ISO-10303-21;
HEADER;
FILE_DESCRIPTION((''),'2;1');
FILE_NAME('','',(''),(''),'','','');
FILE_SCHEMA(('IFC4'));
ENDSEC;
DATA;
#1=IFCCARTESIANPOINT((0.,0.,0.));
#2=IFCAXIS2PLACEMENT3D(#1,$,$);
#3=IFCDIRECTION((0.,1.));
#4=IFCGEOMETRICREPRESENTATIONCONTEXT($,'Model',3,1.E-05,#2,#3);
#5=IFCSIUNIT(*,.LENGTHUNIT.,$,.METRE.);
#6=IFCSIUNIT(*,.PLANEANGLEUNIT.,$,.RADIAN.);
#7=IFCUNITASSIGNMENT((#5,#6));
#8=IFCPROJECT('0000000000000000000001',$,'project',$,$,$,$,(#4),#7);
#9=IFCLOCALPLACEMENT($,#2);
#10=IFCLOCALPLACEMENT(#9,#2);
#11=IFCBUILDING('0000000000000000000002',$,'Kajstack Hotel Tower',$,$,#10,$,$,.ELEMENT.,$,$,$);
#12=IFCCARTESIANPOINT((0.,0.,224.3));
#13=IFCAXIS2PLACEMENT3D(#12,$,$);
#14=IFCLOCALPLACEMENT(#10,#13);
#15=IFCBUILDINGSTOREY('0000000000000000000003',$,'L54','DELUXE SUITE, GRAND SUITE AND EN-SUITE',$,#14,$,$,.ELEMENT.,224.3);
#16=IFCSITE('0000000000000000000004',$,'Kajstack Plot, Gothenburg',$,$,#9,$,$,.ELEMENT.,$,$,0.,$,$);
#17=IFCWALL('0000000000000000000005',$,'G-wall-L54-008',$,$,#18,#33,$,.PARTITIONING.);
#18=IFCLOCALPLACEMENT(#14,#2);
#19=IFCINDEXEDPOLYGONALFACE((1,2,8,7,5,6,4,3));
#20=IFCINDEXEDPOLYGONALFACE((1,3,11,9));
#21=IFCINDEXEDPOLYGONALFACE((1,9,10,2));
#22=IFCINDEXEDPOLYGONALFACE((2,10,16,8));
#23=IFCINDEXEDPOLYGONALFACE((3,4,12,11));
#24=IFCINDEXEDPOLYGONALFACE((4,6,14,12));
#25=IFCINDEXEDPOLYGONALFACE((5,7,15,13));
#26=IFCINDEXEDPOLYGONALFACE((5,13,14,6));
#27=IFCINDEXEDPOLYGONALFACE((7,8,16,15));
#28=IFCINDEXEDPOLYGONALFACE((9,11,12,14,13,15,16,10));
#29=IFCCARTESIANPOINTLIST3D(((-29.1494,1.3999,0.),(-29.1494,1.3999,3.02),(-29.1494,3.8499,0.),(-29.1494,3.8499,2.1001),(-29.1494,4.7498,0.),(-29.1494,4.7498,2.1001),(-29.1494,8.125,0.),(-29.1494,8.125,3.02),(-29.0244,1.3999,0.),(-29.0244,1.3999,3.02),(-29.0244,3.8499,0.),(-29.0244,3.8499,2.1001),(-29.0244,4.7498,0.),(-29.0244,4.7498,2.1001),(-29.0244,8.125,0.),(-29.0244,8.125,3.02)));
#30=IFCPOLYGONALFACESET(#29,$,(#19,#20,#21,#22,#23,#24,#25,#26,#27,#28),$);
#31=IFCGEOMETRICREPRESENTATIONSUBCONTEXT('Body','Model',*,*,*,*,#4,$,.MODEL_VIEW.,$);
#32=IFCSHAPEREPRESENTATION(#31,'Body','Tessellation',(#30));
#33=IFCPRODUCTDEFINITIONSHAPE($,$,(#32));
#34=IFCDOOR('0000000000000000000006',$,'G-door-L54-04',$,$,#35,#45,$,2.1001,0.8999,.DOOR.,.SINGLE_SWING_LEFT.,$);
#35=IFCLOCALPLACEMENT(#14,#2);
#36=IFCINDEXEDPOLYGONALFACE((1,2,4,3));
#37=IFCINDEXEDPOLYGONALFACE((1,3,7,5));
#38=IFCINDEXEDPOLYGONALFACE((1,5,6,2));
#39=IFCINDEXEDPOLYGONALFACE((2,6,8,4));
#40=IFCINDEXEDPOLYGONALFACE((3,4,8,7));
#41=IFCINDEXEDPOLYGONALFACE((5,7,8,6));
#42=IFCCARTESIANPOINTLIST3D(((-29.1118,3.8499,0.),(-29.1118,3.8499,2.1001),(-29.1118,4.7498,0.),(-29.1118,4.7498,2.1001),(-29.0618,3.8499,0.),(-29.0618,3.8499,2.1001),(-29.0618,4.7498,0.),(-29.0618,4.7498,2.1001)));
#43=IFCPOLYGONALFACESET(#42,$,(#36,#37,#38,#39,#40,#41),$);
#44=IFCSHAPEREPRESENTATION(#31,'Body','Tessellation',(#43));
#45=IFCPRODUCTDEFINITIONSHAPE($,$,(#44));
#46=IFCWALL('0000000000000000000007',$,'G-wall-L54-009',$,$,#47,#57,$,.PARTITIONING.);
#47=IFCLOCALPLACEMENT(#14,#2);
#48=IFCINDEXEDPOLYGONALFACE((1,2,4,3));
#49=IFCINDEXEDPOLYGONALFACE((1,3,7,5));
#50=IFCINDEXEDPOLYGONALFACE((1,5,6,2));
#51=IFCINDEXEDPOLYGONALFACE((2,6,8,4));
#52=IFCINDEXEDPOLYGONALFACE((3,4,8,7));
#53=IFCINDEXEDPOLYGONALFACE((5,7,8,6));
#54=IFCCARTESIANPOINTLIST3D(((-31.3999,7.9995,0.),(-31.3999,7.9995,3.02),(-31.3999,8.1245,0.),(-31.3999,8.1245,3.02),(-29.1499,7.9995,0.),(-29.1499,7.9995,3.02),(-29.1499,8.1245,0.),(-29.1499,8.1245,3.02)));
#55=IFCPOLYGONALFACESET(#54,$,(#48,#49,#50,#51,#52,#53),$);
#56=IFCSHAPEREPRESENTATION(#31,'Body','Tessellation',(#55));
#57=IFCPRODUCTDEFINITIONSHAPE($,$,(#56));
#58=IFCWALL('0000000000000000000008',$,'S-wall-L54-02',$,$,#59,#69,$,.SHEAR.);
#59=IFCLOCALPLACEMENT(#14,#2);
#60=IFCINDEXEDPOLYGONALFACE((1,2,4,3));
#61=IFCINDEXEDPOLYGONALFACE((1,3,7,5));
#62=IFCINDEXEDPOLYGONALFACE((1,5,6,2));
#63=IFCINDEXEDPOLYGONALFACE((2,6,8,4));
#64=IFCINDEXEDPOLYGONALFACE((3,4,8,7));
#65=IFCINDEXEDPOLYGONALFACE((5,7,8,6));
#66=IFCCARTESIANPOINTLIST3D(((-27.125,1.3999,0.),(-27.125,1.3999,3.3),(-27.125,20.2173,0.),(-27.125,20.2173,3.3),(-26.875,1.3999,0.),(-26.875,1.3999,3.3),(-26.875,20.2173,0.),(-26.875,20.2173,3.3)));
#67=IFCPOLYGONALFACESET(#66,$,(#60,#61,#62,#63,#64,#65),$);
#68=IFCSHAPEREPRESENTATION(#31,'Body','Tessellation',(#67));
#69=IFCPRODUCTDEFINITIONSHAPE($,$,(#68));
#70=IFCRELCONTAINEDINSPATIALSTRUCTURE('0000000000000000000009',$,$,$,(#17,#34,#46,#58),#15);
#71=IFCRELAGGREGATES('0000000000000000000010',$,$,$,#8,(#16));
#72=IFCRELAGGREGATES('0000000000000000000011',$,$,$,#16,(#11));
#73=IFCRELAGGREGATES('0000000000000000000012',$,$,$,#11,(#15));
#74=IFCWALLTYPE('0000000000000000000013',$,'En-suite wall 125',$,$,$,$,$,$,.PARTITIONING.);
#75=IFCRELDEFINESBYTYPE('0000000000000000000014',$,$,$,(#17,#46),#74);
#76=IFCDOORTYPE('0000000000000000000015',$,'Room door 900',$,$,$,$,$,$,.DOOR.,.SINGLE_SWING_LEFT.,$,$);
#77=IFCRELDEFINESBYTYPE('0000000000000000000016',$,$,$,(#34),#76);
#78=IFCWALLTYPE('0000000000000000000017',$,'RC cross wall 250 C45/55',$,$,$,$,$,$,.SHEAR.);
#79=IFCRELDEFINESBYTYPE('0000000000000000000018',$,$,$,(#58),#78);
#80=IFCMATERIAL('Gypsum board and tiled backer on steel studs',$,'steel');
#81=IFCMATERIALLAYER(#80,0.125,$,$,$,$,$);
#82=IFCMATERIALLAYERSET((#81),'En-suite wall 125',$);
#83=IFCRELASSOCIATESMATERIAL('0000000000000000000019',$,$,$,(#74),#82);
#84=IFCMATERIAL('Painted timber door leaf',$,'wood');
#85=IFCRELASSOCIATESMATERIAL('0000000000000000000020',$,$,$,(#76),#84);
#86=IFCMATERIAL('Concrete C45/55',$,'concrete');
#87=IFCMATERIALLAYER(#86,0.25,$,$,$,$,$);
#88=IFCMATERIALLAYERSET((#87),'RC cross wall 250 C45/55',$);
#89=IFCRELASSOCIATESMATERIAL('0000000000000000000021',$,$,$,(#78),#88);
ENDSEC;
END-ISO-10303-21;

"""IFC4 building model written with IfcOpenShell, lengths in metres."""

from ifc_helpers import new_model, si_unit, direction, frame, frame_2d, origin, place, context, subcontext, project, spatial, rectangle, extrude, material, layer, layer_set, type_object, element, fill, save


model = new_model("IFC4")

# Units and contexts
model_context = context("Model", 3, precision=1e-05, world=origin(), true_north=direction((0.0, 1.0)))
body_context = subcontext(model_context, "Body", "Model", "MODEL_VIEW")
ifc_project = project(units=[si_unit("LENGTHUNIT", "METRE"), si_unit("PLANEANGLEUNIT", "RADIAN")], contexts=[model_context])

# Site, building, storey
site_placement = place(None, origin())
site = spatial("IfcSite", under=ifc_project, at=site_placement, Name="Kajstack Plot, Gothenburg", CompositionType="ELEMENT", RefElevation=0.0)
building_placement = place(site_placement, origin())
building = spatial("IfcBuilding", under=site, at=building_placement, Name="Kajstack Hotel Tower", CompositionType="ELEMENT")
storey_placement = place(building_placement, frame((0.0, 0.0, 224.3)))
storey = spatial("IfcBuildingStorey", under=building, at=storey_placement, Name="L54", Description="DELUXE SUITE, GRAND SUITE AND EN-SUITE", CompositionType="ELEMENT", Elevation=224.3)

# Shared definitions
ifc_material_1 = material(Name="Gypsum board and tiled backer on steel studs", Category="steel")
ifc_layer_1 = layer(ifc_material_1, 0.125)
ifc_layer_set_1 = layer_set([ifc_layer_1], Name="En-suite wall 125")
wall_type_1 = type_object("IfcWallType", Name="En-suite wall 125", PredefinedType="PARTITIONING", material=ifc_layer_set_1)
ifc_material_2 = material(Name="Painted timber door leaf", Category="wood")
door_type = type_object("IfcDoorType", Name="Room door 900", OperationType="SINGLE_SWING_LEFT", PredefinedType="DOOR", material=ifc_material_2)

# Wall, opening, door
wall_1_placement = place(storey_placement, frame((-29.0869, 1.3999, 0.0), z_axis=(0.0, 0.0, 1.0), x_axis=(0.0, 1.0, 0.0)))
wall_1 = element("IfcWall", 1, at=wall_1_placement, inside=storey, type_object=wall_type_1, Name="G-wall-L54-008", PredefinedType="PARTITIONING", context=body_context, shape_type="SweptSolid", body=[
    extrude(rectangle(XDim=6.7251, YDim=0.125, at=frame_2d((3.3625, 0.0))), origin(), (0.0, 0.0, 1.0), 3.02),
])
opening_1_placement = place(wall_1_placement, frame((2.45, 0.0, 0.0)))
opening_1 = element("IfcOpeningElement", 2, at=opening_1_placement, cuts=wall_1, PredefinedType="OPENING", context=body_context, shape_type="SweptSolid", body=[
    extrude(rectangle(XDim=0.8999, YDim=2.1001, at=frame_2d((0.45, 1.05))), frame((0.0, 0.0725, 0.0), z_axis=(0.0, -1.0, 0.0), x_axis=(1.0, 0.0, 0.0)), (0.0, 0.0, 1.0), 0.145),
])
door_1_placement = place(opening_1_placement, origin())
door_1 = element("IfcDoor", 3, at=door_1_placement, inside=storey, type_object=door_type, Name="G-door-L54-04", OperationType="SINGLE_SWING_LEFT", OverallHeight=2.1001, OverallWidth=0.8999, PredefinedType="DOOR", context=body_context, shape_type="SweptSolid", body=[
    extrude(rectangle(XDim=0.8999, YDim=2.1001, at=frame_2d((0.45, 1.05))), frame((0.0, 0.0249, 0.0), z_axis=(0.0, -1.0, 0.0), x_axis=(1.0, 0.0, 0.0)), (0.0, 0.0, 1.0), 0.05),
])
fill(opening_1, door_1)

# Walls
wall_2_placement = place(storey_placement, frame((-31.3999, 8.062, 0.0), z_axis=(0.0, 0.0, 1.0), x_axis=(1.0, 0.0, 0.0)))
element("IfcWall", 4, at=wall_2_placement, inside=storey, type_object=wall_type_1, Name="G-wall-L54-009", PredefinedType="PARTITIONING", context=body_context, shape_type="SweptSolid", body=[
    extrude(rectangle(XDim=2.25, YDim=0.125, at=frame_2d((1.125, 0.0))), origin(), (0.0, 0.0, 1.0), 3.02),
])
ifc_material_3 = material(Name="Concrete C45/55", Category="concrete")
ifc_layer_2 = layer(ifc_material_3, 0.25)
ifc_layer_set_2 = layer_set([ifc_layer_2], Name="RC cross wall 250 C45/55")
wall_type_2 = type_object("IfcWallType", Name="RC cross wall 250 C45/55", PredefinedType="SHEAR", material=ifc_layer_set_2)
wall_3_placement = place(storey_placement, frame((-27.0, 1.3999, 0.0), z_axis=(0.0, 0.0, 1.0), x_axis=(0.0, 1.0, 0.0)))
element("IfcWall", 5, at=wall_3_placement, inside=storey, type_object=wall_type_2, Name="S-wall-L54-02", PredefinedType="SHEAR", context=body_context, shape_type="SweptSolid", body=[
    extrude(rectangle(XDim=18.8174, YDim=0.25, at=frame_2d((9.4087, 0.0))), origin(), (0.0, 0.0, 1.0), 3.3),
])

save(model, "model.ifc")
